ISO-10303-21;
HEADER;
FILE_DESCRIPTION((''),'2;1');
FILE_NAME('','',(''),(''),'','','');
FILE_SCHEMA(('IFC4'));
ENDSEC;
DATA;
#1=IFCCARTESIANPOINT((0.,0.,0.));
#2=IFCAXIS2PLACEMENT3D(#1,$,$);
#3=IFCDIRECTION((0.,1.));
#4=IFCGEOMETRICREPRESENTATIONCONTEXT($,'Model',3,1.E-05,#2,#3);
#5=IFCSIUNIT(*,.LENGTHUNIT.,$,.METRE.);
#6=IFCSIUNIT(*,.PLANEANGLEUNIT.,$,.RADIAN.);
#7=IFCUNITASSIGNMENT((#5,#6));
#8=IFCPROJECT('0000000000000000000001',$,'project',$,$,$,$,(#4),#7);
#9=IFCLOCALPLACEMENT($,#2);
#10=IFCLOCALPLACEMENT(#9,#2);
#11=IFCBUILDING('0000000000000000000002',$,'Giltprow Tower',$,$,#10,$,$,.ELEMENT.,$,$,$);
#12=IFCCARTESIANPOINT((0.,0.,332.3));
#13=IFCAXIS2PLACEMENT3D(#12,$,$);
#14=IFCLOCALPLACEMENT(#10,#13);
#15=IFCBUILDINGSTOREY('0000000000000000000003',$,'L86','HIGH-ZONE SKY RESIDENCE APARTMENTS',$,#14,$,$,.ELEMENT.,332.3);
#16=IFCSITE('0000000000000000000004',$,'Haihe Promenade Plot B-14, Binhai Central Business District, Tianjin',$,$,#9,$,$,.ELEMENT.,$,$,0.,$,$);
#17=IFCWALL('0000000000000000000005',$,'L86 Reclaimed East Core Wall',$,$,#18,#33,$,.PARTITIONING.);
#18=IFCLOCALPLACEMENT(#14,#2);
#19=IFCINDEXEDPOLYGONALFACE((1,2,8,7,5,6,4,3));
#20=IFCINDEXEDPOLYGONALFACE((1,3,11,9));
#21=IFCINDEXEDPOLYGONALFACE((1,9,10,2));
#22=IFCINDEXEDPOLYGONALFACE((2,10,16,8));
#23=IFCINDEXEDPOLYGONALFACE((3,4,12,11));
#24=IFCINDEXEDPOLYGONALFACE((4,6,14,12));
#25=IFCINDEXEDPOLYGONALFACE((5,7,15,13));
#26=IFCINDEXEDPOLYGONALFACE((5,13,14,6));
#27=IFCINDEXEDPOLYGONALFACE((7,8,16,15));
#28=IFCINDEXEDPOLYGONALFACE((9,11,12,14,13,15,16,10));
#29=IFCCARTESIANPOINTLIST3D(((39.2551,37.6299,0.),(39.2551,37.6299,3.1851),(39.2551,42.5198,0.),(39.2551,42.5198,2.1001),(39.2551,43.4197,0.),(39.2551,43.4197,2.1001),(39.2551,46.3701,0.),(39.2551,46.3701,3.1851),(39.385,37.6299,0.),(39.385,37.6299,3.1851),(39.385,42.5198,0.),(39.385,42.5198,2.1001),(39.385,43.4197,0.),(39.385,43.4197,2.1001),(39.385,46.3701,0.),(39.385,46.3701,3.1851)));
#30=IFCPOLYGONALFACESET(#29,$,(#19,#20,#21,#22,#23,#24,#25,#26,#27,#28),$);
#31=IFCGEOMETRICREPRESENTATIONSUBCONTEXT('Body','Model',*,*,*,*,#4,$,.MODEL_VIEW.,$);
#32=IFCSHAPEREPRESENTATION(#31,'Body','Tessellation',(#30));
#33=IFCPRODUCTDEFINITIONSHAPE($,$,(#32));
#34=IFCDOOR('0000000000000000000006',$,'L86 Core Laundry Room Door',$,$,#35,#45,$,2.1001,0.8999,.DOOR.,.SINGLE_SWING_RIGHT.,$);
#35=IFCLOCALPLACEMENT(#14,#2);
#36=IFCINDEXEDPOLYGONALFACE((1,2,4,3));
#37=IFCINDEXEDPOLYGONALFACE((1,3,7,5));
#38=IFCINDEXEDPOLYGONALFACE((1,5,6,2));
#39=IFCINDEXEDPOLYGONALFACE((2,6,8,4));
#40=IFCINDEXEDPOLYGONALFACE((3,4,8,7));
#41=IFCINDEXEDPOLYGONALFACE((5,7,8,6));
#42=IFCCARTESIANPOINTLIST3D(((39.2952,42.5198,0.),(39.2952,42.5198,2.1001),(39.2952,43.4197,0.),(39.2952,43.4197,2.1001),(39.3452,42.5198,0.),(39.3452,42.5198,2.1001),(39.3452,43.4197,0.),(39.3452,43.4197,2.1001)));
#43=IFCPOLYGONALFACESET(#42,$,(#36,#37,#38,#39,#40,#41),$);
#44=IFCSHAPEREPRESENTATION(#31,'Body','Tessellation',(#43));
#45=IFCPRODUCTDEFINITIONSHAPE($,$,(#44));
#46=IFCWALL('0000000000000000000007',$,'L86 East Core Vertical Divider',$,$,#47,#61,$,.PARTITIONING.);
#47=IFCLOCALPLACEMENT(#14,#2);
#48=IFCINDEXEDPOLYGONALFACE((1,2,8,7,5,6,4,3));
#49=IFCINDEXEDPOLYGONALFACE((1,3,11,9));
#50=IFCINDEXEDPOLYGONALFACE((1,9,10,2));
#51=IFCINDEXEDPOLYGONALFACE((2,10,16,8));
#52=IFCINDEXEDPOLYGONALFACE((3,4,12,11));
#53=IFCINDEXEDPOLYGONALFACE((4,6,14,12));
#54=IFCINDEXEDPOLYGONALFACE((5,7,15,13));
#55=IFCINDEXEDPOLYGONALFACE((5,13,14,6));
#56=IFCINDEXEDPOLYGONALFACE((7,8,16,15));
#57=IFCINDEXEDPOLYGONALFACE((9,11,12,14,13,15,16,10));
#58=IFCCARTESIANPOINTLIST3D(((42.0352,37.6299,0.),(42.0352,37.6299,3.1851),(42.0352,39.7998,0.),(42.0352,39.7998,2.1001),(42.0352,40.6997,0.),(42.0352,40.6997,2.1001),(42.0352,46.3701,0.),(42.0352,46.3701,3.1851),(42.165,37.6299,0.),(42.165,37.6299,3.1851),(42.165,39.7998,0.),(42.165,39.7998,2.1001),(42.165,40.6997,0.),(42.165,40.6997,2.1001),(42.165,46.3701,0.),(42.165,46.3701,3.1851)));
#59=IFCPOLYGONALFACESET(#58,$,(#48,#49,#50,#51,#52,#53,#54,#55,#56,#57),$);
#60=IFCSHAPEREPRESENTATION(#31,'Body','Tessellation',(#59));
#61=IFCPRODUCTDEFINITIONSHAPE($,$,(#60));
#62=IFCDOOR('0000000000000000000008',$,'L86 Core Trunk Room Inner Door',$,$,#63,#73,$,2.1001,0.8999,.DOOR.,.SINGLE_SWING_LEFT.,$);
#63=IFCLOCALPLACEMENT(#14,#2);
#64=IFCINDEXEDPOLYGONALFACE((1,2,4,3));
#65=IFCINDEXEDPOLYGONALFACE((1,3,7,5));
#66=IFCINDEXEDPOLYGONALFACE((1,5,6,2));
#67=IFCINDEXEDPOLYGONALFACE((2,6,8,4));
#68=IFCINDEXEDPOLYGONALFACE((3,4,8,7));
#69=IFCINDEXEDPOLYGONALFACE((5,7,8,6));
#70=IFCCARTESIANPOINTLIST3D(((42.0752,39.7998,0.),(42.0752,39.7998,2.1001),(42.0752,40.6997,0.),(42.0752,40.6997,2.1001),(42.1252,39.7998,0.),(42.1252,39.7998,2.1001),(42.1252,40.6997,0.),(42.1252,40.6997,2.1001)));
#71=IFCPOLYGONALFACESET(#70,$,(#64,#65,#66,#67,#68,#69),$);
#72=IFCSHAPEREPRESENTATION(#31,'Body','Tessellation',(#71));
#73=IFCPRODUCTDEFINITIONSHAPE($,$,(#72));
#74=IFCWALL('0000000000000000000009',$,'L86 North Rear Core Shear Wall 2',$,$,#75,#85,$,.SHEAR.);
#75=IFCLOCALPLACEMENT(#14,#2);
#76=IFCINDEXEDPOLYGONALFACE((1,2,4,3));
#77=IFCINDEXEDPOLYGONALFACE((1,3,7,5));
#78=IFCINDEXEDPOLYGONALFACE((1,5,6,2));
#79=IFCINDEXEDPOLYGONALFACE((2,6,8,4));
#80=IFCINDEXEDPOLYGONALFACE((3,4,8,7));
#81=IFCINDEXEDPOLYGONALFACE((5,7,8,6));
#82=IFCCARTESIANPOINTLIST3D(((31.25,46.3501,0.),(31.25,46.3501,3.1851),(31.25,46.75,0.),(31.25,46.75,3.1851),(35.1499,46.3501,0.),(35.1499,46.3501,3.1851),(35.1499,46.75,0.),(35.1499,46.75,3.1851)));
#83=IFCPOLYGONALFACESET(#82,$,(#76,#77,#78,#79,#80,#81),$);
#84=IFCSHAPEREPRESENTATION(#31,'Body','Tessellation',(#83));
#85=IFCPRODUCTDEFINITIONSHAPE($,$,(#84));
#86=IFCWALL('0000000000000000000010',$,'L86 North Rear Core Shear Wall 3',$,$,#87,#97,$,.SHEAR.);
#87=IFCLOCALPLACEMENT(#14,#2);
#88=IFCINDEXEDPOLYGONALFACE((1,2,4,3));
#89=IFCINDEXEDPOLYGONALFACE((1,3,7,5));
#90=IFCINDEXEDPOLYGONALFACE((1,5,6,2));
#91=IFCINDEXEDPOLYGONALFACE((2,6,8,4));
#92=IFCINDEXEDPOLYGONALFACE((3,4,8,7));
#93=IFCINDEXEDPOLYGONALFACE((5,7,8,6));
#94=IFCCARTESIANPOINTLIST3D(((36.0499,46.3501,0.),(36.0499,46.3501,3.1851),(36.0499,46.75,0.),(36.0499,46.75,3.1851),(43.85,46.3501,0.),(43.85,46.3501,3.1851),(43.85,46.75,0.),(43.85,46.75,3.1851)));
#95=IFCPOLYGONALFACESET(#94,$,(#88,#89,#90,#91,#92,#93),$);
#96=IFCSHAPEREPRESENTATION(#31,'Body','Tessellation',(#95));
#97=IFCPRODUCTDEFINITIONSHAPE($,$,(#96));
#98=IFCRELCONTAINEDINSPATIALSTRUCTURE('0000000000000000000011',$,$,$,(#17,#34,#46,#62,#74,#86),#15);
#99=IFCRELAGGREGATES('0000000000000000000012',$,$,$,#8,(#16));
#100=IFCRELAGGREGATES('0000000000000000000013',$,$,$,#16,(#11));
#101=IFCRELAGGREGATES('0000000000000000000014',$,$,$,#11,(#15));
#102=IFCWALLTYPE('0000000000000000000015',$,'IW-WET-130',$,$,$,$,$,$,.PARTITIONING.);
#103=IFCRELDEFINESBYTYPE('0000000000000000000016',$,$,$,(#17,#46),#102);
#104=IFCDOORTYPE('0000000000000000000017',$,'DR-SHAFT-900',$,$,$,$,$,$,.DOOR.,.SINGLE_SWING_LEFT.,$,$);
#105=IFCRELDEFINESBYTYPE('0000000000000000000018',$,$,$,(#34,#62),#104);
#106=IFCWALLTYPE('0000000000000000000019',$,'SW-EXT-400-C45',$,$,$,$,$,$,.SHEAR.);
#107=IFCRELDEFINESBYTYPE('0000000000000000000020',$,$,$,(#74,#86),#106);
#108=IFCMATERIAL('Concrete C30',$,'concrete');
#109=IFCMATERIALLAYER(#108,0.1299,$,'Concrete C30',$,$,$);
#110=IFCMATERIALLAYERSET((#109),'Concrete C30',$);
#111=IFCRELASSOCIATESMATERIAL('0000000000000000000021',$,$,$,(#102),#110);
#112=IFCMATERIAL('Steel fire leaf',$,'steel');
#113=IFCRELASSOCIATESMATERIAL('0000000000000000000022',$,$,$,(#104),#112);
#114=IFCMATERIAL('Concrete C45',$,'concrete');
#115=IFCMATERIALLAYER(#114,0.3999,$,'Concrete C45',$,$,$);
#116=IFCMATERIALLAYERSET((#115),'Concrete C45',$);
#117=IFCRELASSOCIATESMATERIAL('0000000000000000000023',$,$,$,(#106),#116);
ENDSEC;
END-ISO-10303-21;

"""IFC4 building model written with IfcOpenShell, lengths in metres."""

from ifc_helpers import new_model, si_unit, direction, frame, frame_2d, origin, place, context, subcontext, project, spatial, rectangle, extrude, source, transform, mapped, material, layer, layer_set, type_object, element, fill, save


model = new_model("IFC4")

# Units and contexts
model_context = context("Model", 3, precision=1e-05, world=origin(), true_north=direction((0.0, 1.0)))
body_context = subcontext(model_context, "Body", "Model", "MODEL_VIEW")
ifc_project = project(units=[si_unit("LENGTHUNIT", "METRE"), si_unit("PLANEANGLEUNIT", "RADIAN")], contexts=[model_context])

# Site, building, storey
site_placement = place(None, origin())
site = spatial("IfcSite", under=ifc_project, at=site_placement, Name="Haihe Promenade Plot B-14, Binhai Central Business District, Tianjin", CompositionType="ELEMENT", RefElevation=0.0)
building_placement = place(site_placement, origin())
building = spatial("IfcBuilding", under=site, at=building_placement, Name="Giltprow Tower", CompositionType="ELEMENT")
storey_placement = place(building_placement, frame((0.0, 0.0, 332.3)))
storey = spatial("IfcBuildingStorey", under=building, at=storey_placement, Name="L86", Description="HIGH-ZONE SKY RESIDENCE APARTMENTS", CompositionType="ELEMENT", Elevation=332.3)

# Shared definitions
ifc_material_1 = material(Name="Concrete C45", Category="concrete")

# Shared definitions
ifc_material_2 = material(Name="Concrete C30", Category="concrete")
ifc_layer_1 = layer(ifc_material_2, 0.1299, Name="Concrete C30")
ifc_layer_set_1 = layer_set([ifc_layer_1], Name="Concrete C30")
wall_type_1 = type_object("IfcWallType", Name="IW-WET-130", PredefinedType="PARTITIONING", material=ifc_layer_set_1)
ifc_material_3 = material(Name="Steel fire leaf", Category="steel")
door_type_1 = type_object("IfcDoorType", Name="DR-SHAFT-900", OperationType="SINGLE_SWING_LEFT", PredefinedType="DOOR", material=ifc_material_3)
shared_shape_1 = source(origin(), body_context, "Body", "SweptSolid", [
    extrude(rectangle(XDim=0.8999, YDim=2.1001, at=frame_2d((0.45, 1.05))), frame((0.0, 0.0249, 0.0), z_axis=(0.0, -1.0, 0.0), x_axis=(1.0, 0.0, 0.0)), (0.0, 0.0, 1.0), 0.05),
])

# Walls, openings, doors
wall_1_placement = place(storey_placement, frame((39.3201, 37.6299, 0.0), z_axis=(0.0, 0.0, 1.0), x_axis=(0.0, 1.0, 0.0)))
wall_1 = element("IfcWall", 1, at=wall_1_placement, inside=storey, type_object=wall_type_1, Name="L86 Reclaimed East Core Wall", PredefinedType="PARTITIONING", context=body_context, shape_type="SweptSolid", body=[
    extrude(rectangle(XDim=8.7402, YDim=0.1299, at=frame_2d((4.3701, 0.0))), origin(), (0.0, 0.0, 1.0), 3.1851),
])
opening_1_placement = place(wall_1_placement, frame((4.8899, 0.0, 0.0)))
opening_1 = element("IfcOpeningElement", 2, at=opening_1_placement, cuts=wall_1, PredefinedType="OPENING", context=body_context, shape_type="SweptSolid", body=[
    extrude(rectangle(XDim=0.8999, YDim=2.1001, at=frame_2d((0.45, 1.05))), frame((0.0, 0.075, 0.0), z_axis=(0.0, -1.0, 0.0), x_axis=(1.0, 0.0, 0.0)), (0.0, 0.0, 1.0), 0.1499),
])
door_1_placement = place(opening_1_placement, origin())
door_1 = element("IfcDoor", 3, at=door_1_placement, inside=storey, type_object=door_type_1, Name="L86 Core Laundry Room Door", OperationType="SINGLE_SWING_RIGHT", OverallHeight=2.1001, OverallWidth=0.8999, PredefinedType="DOOR", context=body_context, shape_type="MappedRepresentation", body=[
    mapped(shared_shape_1, transform((0.0, 0.0, 0.0), x_axis=(1.0, 0.0, 0.0), y_axis=(0.0, 1.0, 0.0), z_axis=(0.0, 0.0, 1.0), scale=1.0)),
])
fill(opening_1, door_1)
wall_2_placement = place(storey_placement, frame((42.1001, 37.6299, 0.0), z_axis=(0.0, 0.0, 1.0), x_axis=(0.0, 1.0, 0.0)))
wall_2 = element("IfcWall", 4, at=wall_2_placement, inside=storey, type_object=wall_type_1, Name="L86 East Core Vertical Divider", PredefinedType="PARTITIONING", context=body_context, shape_type="SweptSolid", body=[
    extrude(rectangle(XDim=8.7402, YDim=0.1299, at=frame_2d((4.3701, 0.0))), origin(), (0.0, 0.0, 1.0), 3.1851),
])
opening_2_placement = place(wall_2_placement, frame((2.1699, 0.0, 0.0)))
opening_2 = element("IfcOpeningElement", 5, at=opening_2_placement, cuts=wall_2, PredefinedType="OPENING", context=body_context, shape_type="SweptSolid", body=[
    extrude(rectangle(XDim=0.8999, YDim=2.1001, at=frame_2d((0.45, 1.05))), frame((0.0, 0.075, 0.0), z_axis=(0.0, -1.0, 0.0), x_axis=(1.0, 0.0, 0.0)), (0.0, 0.0, 1.0), 0.1499),
])
door_2_placement = place(opening_2_placement, origin())
door_2 = element("IfcDoor", 6, at=door_2_placement, inside=storey, type_object=door_type_1, Name="L86 Core Trunk Room Inner Door", OperationType="SINGLE_SWING_LEFT", OverallHeight=2.1001, OverallWidth=0.8999, PredefinedType="DOOR", context=body_context, shape_type="MappedRepresentation", body=[
    mapped(shared_shape_1, transform((0.0, 0.0, 0.0), x_axis=(1.0, 0.0, 0.0), y_axis=(0.0, 1.0, 0.0), z_axis=(0.0, 0.0, 1.0), scale=1.0)),
])
fill(opening_2, door_2)

# Walls
ifc_layer_2 = layer(ifc_material_1, 0.3999, Name="Concrete C45")
ifc_layer_set_2 = layer_set([ifc_layer_2], Name="Concrete C45")
wall_type_2 = type_object("IfcWallType", Name="SW-EXT-400-C45", PredefinedType="SHEAR", material=ifc_layer_set_2)
wall_3_placement = place(storey_placement, frame((31.25, 46.55, 0.0), z_axis=(0.0, 0.0, 1.0), x_axis=(1.0, 0.0, 0.0)))
element("IfcWall", 7, at=wall_3_placement, inside=storey, type_object=wall_type_2, Name="L86 North Rear Core Shear Wall 2", PredefinedType="SHEAR", context=body_context, shape_type="SweptSolid", body=[
    extrude(rectangle(XDim=3.8999, YDim=0.3999, at=frame_2d((1.95, 0.0))), origin(), (0.0, 0.0, 1.0), 3.1851),
])
wall_4_placement = place(storey_placement, frame((36.05, 46.55, 0.0), z_axis=(0.0, 0.0, 1.0), x_axis=(1.0, 0.0, 0.0)))
element("IfcWall", 8, at=wall_4_placement, inside=storey, type_object=wall_type_2, Name="L86 North Rear Core Shear Wall 3", PredefinedType="SHEAR", context=body_context, shape_type="SweptSolid", body=[
    extrude(rectangle(XDim=7.8, YDim=0.3999, at=frame_2d((3.8999, 0.0))), origin(), (0.0, 0.0, 1.0), 3.1851),
])

save(model, "model.ifc")
